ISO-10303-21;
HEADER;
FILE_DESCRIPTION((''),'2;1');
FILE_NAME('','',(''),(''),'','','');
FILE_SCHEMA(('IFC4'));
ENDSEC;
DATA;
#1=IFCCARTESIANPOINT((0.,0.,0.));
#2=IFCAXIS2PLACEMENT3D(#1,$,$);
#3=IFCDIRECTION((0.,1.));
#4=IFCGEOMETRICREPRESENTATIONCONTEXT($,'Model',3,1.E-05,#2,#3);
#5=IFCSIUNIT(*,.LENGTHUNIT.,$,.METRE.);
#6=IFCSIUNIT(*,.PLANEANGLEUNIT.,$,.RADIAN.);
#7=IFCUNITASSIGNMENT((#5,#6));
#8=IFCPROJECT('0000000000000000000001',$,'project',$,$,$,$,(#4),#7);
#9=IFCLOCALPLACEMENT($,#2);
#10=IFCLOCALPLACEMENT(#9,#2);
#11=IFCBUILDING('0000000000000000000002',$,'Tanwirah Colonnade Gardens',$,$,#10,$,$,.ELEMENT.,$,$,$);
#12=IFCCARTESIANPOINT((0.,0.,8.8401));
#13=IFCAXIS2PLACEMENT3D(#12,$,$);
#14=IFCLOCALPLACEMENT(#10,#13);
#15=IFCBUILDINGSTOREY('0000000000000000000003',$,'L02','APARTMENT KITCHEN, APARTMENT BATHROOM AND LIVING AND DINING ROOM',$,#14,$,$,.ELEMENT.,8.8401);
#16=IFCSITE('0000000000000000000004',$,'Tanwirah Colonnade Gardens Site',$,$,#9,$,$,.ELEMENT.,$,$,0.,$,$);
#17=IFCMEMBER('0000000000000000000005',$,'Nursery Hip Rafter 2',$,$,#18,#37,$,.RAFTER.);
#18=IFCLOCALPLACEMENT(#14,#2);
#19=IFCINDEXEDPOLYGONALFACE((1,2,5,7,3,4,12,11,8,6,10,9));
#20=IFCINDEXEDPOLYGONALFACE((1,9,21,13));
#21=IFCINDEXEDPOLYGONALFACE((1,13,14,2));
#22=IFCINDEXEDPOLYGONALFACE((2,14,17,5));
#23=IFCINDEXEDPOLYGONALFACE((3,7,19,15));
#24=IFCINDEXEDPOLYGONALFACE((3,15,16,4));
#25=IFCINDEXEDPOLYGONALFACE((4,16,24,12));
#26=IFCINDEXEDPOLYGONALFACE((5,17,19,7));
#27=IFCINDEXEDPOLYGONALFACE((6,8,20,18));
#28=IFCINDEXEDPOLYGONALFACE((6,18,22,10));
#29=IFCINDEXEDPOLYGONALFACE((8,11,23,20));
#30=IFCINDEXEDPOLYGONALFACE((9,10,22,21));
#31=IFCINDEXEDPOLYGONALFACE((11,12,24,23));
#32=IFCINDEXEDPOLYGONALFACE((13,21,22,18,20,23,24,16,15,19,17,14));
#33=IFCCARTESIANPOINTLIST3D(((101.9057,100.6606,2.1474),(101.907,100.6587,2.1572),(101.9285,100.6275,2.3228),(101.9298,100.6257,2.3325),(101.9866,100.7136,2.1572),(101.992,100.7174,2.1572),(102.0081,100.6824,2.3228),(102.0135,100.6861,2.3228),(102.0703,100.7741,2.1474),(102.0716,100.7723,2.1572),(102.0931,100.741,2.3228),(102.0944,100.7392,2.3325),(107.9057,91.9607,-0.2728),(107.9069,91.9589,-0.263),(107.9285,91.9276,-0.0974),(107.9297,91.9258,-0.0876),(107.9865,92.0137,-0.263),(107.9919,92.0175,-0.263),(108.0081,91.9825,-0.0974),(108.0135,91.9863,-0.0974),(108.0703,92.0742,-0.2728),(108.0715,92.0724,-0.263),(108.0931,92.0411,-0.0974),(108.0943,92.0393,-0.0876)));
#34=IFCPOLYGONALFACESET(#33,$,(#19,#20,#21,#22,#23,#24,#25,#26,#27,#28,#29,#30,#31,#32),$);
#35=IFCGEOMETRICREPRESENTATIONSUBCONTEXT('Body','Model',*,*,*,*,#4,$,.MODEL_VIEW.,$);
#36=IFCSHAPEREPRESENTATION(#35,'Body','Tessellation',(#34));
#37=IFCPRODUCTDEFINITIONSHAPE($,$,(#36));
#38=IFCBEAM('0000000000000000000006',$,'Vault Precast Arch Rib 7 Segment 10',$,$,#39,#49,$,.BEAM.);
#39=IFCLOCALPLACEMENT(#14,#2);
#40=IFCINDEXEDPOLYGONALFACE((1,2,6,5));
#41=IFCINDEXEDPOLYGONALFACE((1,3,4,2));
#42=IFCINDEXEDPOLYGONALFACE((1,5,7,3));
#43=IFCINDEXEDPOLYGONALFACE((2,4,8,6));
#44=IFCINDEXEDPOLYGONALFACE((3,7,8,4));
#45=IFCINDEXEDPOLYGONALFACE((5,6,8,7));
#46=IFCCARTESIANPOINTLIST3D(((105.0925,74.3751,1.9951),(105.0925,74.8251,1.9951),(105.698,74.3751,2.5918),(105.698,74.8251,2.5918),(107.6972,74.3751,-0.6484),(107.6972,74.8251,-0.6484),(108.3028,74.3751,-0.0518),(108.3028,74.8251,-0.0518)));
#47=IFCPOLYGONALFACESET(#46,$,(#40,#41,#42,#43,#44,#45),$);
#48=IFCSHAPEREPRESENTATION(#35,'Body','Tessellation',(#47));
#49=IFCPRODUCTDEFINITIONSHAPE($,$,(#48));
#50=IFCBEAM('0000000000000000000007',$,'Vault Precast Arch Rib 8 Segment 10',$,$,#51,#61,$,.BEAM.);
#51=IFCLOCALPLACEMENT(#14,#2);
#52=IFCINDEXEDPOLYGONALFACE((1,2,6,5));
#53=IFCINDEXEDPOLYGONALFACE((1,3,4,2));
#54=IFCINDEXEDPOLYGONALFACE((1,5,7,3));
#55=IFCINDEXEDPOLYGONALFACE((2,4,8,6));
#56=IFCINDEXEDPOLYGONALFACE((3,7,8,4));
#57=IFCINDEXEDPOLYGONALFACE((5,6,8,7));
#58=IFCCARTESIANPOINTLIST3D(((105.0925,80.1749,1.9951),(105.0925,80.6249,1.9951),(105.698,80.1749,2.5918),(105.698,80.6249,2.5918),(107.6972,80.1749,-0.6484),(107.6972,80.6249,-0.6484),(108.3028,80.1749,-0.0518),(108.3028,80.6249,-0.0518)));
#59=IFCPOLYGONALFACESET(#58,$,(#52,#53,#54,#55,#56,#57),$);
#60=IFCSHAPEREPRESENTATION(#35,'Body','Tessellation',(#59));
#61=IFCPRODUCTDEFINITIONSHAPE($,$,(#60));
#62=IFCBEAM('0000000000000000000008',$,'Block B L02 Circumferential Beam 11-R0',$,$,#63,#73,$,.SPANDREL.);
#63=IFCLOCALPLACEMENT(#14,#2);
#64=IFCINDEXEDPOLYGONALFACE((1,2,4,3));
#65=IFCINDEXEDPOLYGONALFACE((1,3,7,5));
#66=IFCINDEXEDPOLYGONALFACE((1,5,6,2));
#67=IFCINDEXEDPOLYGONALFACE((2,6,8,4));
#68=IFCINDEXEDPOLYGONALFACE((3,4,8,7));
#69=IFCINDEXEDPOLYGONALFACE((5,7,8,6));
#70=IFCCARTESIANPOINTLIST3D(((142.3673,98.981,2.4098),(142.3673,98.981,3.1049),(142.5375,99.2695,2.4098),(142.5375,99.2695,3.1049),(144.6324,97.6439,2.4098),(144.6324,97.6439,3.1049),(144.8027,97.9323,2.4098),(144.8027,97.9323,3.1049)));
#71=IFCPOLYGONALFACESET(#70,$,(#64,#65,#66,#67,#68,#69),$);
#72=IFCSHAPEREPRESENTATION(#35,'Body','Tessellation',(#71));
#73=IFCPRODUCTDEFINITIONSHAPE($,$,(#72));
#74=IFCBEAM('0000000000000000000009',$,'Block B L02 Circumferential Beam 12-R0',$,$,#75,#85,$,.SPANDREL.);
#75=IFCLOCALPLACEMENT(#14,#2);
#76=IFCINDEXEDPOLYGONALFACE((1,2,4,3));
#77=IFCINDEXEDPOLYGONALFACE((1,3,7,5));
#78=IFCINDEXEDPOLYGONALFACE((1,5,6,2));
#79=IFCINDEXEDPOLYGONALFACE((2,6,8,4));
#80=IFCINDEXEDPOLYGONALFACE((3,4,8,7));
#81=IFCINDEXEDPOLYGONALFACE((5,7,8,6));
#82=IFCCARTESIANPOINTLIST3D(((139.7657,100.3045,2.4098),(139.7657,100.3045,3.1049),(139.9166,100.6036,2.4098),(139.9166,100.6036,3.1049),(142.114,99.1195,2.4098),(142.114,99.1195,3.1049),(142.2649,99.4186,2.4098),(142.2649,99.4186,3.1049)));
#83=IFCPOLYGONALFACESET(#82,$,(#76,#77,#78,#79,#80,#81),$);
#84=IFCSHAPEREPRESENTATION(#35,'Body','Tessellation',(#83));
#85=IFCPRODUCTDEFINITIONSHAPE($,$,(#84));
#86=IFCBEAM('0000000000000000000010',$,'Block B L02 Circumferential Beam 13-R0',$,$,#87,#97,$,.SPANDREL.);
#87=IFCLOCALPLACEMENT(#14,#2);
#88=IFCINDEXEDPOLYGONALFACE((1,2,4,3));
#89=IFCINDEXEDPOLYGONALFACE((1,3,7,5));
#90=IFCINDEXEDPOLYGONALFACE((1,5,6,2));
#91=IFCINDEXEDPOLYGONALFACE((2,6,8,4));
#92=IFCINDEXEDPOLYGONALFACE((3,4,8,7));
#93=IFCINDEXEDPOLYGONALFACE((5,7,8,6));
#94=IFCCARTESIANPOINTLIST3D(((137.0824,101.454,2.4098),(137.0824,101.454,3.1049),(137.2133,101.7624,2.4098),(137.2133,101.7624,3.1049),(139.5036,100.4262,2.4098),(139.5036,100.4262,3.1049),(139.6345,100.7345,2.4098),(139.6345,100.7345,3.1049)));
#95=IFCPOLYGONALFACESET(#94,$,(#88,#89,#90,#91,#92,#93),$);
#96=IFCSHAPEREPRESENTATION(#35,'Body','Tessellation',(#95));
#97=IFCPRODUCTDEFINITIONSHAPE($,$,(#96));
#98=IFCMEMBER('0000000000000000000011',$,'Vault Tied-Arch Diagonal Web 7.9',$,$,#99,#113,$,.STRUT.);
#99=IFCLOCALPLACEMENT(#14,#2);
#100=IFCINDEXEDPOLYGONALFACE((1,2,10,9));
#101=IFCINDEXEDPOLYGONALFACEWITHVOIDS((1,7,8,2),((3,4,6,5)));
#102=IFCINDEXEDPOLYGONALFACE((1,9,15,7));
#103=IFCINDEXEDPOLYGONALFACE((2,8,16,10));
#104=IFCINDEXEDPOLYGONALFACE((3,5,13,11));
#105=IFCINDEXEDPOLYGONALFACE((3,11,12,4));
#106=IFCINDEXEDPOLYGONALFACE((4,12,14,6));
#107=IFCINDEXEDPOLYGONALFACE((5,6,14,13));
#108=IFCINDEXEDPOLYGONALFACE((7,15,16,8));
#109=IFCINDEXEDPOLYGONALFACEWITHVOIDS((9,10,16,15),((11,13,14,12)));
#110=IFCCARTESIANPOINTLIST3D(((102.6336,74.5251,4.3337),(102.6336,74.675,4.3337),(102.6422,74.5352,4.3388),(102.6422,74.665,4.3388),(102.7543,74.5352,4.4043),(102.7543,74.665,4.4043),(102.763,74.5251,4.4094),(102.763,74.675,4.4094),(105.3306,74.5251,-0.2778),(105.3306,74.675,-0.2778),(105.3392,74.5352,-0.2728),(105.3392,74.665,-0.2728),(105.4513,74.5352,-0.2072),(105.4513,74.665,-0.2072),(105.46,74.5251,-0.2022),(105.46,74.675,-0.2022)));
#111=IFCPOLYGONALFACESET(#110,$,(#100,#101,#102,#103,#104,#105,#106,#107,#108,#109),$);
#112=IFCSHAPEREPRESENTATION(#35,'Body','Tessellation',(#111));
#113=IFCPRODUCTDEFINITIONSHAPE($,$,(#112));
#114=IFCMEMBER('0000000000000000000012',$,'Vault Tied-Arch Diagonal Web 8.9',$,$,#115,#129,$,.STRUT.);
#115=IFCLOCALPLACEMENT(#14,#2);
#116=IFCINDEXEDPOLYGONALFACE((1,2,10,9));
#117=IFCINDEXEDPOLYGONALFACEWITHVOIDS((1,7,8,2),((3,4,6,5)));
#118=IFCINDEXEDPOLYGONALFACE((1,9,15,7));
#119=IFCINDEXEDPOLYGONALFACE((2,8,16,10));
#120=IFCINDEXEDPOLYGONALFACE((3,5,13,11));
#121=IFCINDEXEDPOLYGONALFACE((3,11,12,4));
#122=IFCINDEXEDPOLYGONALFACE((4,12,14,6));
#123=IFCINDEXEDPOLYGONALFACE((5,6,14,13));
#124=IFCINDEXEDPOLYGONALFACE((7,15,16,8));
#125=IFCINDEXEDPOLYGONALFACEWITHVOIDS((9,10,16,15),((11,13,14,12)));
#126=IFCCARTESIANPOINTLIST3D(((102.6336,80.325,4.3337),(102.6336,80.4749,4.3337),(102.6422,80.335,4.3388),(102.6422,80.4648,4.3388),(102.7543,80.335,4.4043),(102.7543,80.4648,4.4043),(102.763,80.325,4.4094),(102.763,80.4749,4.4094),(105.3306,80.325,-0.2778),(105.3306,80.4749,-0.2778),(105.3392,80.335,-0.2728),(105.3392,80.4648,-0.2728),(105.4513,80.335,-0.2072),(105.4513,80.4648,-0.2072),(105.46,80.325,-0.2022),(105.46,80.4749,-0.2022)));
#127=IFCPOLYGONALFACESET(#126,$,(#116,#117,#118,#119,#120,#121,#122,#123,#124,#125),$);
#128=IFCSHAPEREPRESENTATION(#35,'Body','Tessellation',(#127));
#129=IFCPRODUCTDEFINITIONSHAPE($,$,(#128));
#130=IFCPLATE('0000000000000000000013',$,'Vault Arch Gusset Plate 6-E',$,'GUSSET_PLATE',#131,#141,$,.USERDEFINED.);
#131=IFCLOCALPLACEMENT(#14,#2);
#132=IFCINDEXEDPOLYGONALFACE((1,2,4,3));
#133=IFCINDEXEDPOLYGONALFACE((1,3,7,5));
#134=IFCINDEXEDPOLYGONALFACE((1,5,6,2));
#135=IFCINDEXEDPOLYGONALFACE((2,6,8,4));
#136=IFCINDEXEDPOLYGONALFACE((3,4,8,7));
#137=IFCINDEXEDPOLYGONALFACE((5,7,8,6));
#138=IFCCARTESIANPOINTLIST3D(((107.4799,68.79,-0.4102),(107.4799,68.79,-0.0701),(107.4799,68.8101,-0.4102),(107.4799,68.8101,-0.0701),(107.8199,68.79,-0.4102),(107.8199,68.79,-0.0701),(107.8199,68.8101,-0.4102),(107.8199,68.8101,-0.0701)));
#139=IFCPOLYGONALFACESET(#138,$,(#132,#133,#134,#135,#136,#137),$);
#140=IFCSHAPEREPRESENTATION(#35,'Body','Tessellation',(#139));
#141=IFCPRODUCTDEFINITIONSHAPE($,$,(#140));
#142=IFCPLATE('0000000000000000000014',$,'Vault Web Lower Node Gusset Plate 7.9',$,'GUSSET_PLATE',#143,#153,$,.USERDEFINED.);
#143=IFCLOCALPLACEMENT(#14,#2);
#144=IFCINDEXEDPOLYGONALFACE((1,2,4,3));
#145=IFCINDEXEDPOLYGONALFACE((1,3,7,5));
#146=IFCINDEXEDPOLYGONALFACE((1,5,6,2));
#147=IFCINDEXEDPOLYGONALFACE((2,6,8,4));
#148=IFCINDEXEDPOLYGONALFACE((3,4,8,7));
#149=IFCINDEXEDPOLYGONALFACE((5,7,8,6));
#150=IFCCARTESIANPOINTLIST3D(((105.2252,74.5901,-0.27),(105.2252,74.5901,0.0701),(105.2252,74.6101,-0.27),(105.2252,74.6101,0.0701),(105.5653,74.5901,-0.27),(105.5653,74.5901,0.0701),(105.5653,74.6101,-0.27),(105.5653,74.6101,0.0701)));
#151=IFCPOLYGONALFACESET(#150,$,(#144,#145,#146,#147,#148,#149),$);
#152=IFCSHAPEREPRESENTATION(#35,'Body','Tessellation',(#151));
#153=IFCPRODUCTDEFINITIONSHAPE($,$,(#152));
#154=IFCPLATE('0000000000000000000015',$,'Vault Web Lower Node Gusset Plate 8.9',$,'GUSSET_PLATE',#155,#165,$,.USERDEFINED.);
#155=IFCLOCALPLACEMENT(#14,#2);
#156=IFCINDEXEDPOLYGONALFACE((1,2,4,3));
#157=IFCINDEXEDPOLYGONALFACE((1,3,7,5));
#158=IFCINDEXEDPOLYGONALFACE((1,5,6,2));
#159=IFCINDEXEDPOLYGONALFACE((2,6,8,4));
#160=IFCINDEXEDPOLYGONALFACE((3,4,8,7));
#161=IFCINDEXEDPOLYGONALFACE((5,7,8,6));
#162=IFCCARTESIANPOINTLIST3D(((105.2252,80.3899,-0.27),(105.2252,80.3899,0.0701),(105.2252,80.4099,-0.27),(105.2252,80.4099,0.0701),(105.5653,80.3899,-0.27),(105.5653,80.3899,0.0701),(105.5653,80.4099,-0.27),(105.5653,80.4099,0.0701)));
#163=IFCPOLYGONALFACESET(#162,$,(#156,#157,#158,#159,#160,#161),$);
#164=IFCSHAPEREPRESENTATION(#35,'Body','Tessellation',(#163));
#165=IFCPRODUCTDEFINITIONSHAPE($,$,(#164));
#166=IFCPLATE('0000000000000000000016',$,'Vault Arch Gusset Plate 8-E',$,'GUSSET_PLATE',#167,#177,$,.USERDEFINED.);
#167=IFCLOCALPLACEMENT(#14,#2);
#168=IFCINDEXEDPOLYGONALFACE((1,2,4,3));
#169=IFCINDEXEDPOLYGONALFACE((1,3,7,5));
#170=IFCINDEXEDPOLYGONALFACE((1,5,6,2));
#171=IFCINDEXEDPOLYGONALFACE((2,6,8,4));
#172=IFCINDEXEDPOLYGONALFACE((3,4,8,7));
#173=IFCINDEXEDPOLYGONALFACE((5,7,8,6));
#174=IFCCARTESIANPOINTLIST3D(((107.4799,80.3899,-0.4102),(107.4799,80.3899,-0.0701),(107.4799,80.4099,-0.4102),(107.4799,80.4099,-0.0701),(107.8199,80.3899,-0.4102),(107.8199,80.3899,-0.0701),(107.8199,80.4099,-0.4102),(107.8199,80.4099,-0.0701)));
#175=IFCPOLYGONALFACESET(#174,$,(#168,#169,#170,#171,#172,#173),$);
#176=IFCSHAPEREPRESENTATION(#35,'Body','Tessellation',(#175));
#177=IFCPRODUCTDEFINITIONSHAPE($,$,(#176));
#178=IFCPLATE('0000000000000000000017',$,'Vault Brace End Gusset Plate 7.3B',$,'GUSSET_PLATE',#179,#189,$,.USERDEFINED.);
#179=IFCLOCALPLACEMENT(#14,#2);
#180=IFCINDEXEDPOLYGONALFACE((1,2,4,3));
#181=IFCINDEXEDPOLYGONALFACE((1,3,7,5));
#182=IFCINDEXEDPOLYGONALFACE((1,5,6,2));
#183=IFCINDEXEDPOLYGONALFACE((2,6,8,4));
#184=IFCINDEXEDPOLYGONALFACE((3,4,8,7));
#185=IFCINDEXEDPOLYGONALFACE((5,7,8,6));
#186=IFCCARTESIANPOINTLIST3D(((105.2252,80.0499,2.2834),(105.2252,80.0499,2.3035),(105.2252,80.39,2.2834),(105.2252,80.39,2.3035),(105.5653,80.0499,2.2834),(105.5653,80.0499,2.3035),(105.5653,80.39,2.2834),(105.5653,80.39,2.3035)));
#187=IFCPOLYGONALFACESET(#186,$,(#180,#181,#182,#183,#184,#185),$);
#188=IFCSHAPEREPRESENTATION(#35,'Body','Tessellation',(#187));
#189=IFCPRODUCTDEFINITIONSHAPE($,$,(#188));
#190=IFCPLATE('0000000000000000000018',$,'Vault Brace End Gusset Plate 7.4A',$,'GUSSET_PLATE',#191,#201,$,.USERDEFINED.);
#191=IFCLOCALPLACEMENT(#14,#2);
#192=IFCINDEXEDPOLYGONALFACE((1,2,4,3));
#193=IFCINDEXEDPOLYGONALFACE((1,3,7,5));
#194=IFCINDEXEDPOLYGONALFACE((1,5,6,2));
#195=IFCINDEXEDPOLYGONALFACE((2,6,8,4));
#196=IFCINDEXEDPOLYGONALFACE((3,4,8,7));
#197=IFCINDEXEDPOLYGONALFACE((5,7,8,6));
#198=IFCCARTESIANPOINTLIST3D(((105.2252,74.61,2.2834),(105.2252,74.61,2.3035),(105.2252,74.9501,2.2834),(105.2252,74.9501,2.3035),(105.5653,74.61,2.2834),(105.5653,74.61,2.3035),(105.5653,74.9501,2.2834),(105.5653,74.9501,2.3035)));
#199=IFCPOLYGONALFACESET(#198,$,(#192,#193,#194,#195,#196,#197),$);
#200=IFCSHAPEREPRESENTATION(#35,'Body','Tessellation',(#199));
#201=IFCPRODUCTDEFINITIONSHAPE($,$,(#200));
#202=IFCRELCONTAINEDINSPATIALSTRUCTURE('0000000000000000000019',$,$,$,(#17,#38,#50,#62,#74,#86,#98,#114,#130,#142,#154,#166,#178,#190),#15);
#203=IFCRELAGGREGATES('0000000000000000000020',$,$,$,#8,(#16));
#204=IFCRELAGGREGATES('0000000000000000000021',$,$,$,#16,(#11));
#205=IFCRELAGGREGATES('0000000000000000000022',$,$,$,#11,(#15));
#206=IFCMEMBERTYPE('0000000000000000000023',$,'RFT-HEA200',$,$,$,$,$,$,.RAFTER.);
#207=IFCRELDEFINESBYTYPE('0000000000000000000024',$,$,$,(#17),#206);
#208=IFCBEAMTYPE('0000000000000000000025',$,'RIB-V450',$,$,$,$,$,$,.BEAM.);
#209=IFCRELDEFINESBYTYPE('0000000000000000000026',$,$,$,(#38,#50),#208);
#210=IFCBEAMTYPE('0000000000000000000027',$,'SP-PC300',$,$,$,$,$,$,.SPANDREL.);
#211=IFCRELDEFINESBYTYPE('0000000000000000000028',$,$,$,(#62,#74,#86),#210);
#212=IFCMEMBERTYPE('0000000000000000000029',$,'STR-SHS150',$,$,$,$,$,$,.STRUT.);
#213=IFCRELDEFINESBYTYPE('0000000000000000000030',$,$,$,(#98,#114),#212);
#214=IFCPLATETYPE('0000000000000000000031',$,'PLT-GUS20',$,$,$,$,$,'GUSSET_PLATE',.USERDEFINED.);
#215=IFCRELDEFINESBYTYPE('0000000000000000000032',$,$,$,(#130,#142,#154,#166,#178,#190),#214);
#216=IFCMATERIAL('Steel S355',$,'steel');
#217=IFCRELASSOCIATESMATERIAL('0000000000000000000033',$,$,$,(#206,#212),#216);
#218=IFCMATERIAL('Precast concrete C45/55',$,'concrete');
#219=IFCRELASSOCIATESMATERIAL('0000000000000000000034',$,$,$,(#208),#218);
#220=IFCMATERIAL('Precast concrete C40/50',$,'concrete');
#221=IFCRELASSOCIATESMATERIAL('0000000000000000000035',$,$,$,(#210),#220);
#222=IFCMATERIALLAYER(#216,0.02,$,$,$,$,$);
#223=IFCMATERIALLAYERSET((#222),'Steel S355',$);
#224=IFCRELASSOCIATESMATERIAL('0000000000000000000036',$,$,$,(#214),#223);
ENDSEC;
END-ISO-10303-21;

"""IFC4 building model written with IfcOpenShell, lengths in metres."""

from ifc_helpers import new_model, si_unit, direction, frame, origin, origin_2d, place, context, subcontext, project, spatial, rectangle, hollow_rectangle, i_section, extrude, material, layer, layer_set, material_profile, profile_set, type_object, element, save


model = new_model("IFC4")

# Units and contexts
model_context = context("Model", 3, precision=1e-05, world=origin(), true_north=direction((0.0, 1.0)))
body_context = subcontext(model_context, "Body", "Model", "MODEL_VIEW")
ifc_project = project(units=[si_unit("LENGTHUNIT", "METRE"), si_unit("PLANEANGLEUNIT", "RADIAN")], contexts=[model_context])

# Site, building, storey
site_placement = place(None, origin())
site = spatial("IfcSite", under=ifc_project, at=site_placement, Name="Tanwirah Colonnade Gardens Site", CompositionType="ELEMENT", RefElevation=0.0)
building_placement = place(site_placement, origin())
building = spatial("IfcBuilding", under=site, at=building_placement, Name="Tanwirah Colonnade Gardens", CompositionType="ELEMENT")
storey_placement = place(building_placement, frame((0.0, 0.0, 8.8401)))
storey = spatial("IfcBuildingStorey", under=building, at=storey_placement, Name="L02", Description="APARTMENT KITCHEN, APARTMENT BATHROOM AND LIVING AND DINING ROOM", CompositionType="ELEMENT", Elevation=8.8401)

# Shared definitions
ifc_material_1 = material(Name="Precast concrete C45/55", Category="concrete")
ifc_material_2 = material(Name="Precast concrete C40/50", Category="concrete")

# Shared definitions
ifc_material_3 = material(Name="Steel S355", Category="steel")

# Member
ifc_material_profile_1 = material_profile(ifc_material_3, i_section(OverallWidth=0.2, OverallDepth=0.1899, WebThickness=0.0066, FlangeThickness=0.01, at=origin_2d()), Name="HEA 200")
ifc_profile_set_1 = profile_set([ifc_material_profile_1], Name="Steel S355")
member_type_1 = type_object("IfcMemberType", Name="RFT-HEA200", PredefinedType="RAFTER", material=ifc_profile_set_1)
member_1_placement = place(storey_placement, frame((108.0, 92.0, -0.1802), z_axis=(-0.55341, 0.802439, 0.223224), x_axis=(-0.823211, -0.567735, 0.0)))
element("IfcMember", 1, at=member_1_placement, inside=storey, type_object=member_type_1, Name="Nursery Hip Rafter 2", PredefinedType="RAFTER", context=body_context, shape_type="SweptSolid", body=[
    extrude(i_section(OverallWidth=0.2, OverallDepth=0.1899, WebThickness=0.0066, FlangeThickness=0.01, at=origin_2d()), origin(), (0.0, 0.0, 1.0), 10.8418),
])

# Beams
ifc_material_profile_2 = material_profile(ifc_material_1, rectangle(XDim=0.45, YDim=0.8501, at=origin_2d()), Name="PC-RIB 450x850")
ifc_profile_set_2 = profile_set([ifc_material_profile_2], Name="Precast concrete C45/55")
beam_type_1 = type_object("IfcBeamType", Name="RIB-V450", PredefinedType="BEAM", material=ifc_profile_set_2)
for number, where, z_axis, x_axis, name in (
    (2, (105.3953, 74.6001, 2.2935), (0.701858, 0.0, -0.712317), (0.0, 1.0, 0.0), "Vault Precast Arch Rib 7 Segment 10"),
    (3, (105.3953, 80.3999, 2.2935), (0.701858, 0.0, -0.712317), (0.0, 1.0, 0.0), "Vault Precast Arch Rib 8 Segment 10"),
):
    element("IfcBeam", number, at=place(storey_placement, frame(where, z_axis=z_axis, x_axis=x_axis)), inside=storey, type_object=beam_type_1, Name=name, PredefinedType="BEAM", context=body_context, shape_type="SweptSolid", body=[
        extrude(rectangle(XDim=0.45, YDim=0.8501, at=origin_2d()), origin(), (0.0, 0.0, 1.0), 3.7112),
    ])
ifc_material_profile_3 = material_profile(ifc_material_2, rectangle(XDim=0.335, YDim=0.6951, at=origin_2d()), Name="PC-SP 335x695")
ifc_profile_set_3 = profile_set([ifc_material_profile_3], Name="Precast concrete C40/50")
beam_type_2 = type_object("IfcBeamType", Name="SP-PC300", PredefinedType="SPANDREL", material=ifc_profile_set_3)
for number, where, z_axis, x_axis, name in (
    (4, (144.7175, 97.7881, 2.7573), (-0.861148, 0.508354, 0.0), (-0.508354, -0.861148, 0.0), "Block B L02 Circumferential Beam 11-R0"),
    (5, (142.1895, 99.269, 2.7573), (-0.892769, 0.450515, 0.0), (-0.450515, -0.892769, 0.0), "Block B L02 Circumferential Beam 12-R0"),
    (6, (139.5691, 100.5803, 2.7573), (-0.920489, 0.390769, 0.0), (-0.390769, -0.920489, 0.0), "Block B L02 Circumferential Beam 13-R0"),
):
    element("IfcBeam", number, at=place(storey_placement, frame(where, z_axis=z_axis, x_axis=x_axis)), inside=storey, type_object=beam_type_2, Name=name, PredefinedType="SPANDREL", context=body_context, shape_type="SweptSolid", body=[
        extrude(rectangle(XDim=0.335, YDim=0.6951, at=origin_2d()), origin(), (0.0, 0.0, 1.0), 2.6304),
    ])

# Members
ifc_material_profile_4 = material_profile(ifc_material_3, hollow_rectangle(XDim=0.1499, YDim=0.1499, WallThickness=0.01, at=origin_2d()), Name="SHS 150x150x10")
ifc_profile_set_4 = profile_set([ifc_material_profile_4], Name="Steel S355")
member_type_2 = type_object("IfcMemberType", Name="STR-SHS150", PredefinedType="STRUT", material=ifc_profile_set_4)
for number, where, z_axis, x_axis, name in (
    (7, (105.3953, 74.6001, -0.24), (-0.50484, 0.0, 0.863213), (0.0, -1.0, 0.0), "Vault Tied-Arch Diagonal Web 7.9"),
    (8, (105.3953, 80.3999, -0.24), (-0.50484, 0.0, 0.863213), (0.0, -1.0, 0.0), "Vault Tied-Arch Diagonal Web 8.9"),
):
    element("IfcMember", number, at=place(storey_placement, frame(where, z_axis=z_axis, x_axis=x_axis)), inside=storey, type_object=member_type_2, Name=name, PredefinedType="STRUT", context=body_context, shape_type="SweptSolid", body=[
        extrude(hollow_rectangle(XDim=0.1499, YDim=0.1499, WallThickness=0.01, at=origin_2d()), origin(), (0.0, 0.0, 1.0), 5.3423),
    ])

# Plates
ifc_layer_1 = layer(ifc_material_3, 0.02)
ifc_layer_set_1 = layer_set([ifc_layer_1], Name="Steel S355")
plate_type_1 = type_object("IfcPlateType", Name="PLT-GUS20", ElementType="GUSSET_PLATE", PredefinedType="USERDEFINED", material=ifc_layer_set_1)
for number, where, z_axis, x_axis, name in (
    (9, (107.6499, 68.8, -0.4102), (0.0, 0.0, 1.0), (1.0, 0.0, 0.0), "Vault Arch Gusset Plate 6-E"),
    (10, (105.3953, 74.6001, -0.27), (0.0, 0.0, 1.0), (1.0, 0.0, 0.0), "Vault Web Lower Node Gusset Plate 7.9"),
    (11, (105.3953, 80.3999, -0.27), (0.0, 0.0, 1.0), (1.0, 0.0, 0.0), "Vault Web Lower Node Gusset Plate 8.9"),
    (12, (107.6499, 80.3999, -0.4102), (0.0, 0.0, 1.0), (1.0, 0.0, 0.0), "Vault Arch Gusset Plate 8-E"),
):
    element("IfcPlate", number, at=place(storey_placement, frame(where, z_axis=z_axis, x_axis=x_axis)), inside=storey, type_object=plate_type_1, Name=name, ObjectType="GUSSET_PLATE", PredefinedType="USERDEFINED", context=body_context, shape_type="SweptSolid", body=[
        extrude(rectangle(XDim=0.3401, YDim=0.02, at=origin_2d()), origin(), (0.0, 0.0, 1.0), 0.3401),
    ])
for number, where, z_axis, x_axis, name in (
    (13, (105.3953, 80.22, 2.2834), (0.0, 0.0, 1.0), (1.0, 0.0, 0.0), "Vault Brace End Gusset Plate 7.3B"),
    (14, (105.3953, 74.78, 2.2834), (0.0, 0.0, 1.0), (1.0, 0.0, 0.0), "Vault Brace End Gusset Plate 7.4A"),
):
    element("IfcPlate", number, at=place(storey_placement, frame(where, z_axis=z_axis, x_axis=x_axis)), inside=storey, type_object=plate_type_1, Name=name, ObjectType="GUSSET_PLATE", PredefinedType="USERDEFINED", context=body_context, shape_type="SweptSolid", body=[
        extrude(rectangle(XDim=0.3401, YDim=0.3401, at=origin_2d()), origin(), (0.0, 0.0, 1.0), 0.02),
    ])

save(model, "model.ifc")
